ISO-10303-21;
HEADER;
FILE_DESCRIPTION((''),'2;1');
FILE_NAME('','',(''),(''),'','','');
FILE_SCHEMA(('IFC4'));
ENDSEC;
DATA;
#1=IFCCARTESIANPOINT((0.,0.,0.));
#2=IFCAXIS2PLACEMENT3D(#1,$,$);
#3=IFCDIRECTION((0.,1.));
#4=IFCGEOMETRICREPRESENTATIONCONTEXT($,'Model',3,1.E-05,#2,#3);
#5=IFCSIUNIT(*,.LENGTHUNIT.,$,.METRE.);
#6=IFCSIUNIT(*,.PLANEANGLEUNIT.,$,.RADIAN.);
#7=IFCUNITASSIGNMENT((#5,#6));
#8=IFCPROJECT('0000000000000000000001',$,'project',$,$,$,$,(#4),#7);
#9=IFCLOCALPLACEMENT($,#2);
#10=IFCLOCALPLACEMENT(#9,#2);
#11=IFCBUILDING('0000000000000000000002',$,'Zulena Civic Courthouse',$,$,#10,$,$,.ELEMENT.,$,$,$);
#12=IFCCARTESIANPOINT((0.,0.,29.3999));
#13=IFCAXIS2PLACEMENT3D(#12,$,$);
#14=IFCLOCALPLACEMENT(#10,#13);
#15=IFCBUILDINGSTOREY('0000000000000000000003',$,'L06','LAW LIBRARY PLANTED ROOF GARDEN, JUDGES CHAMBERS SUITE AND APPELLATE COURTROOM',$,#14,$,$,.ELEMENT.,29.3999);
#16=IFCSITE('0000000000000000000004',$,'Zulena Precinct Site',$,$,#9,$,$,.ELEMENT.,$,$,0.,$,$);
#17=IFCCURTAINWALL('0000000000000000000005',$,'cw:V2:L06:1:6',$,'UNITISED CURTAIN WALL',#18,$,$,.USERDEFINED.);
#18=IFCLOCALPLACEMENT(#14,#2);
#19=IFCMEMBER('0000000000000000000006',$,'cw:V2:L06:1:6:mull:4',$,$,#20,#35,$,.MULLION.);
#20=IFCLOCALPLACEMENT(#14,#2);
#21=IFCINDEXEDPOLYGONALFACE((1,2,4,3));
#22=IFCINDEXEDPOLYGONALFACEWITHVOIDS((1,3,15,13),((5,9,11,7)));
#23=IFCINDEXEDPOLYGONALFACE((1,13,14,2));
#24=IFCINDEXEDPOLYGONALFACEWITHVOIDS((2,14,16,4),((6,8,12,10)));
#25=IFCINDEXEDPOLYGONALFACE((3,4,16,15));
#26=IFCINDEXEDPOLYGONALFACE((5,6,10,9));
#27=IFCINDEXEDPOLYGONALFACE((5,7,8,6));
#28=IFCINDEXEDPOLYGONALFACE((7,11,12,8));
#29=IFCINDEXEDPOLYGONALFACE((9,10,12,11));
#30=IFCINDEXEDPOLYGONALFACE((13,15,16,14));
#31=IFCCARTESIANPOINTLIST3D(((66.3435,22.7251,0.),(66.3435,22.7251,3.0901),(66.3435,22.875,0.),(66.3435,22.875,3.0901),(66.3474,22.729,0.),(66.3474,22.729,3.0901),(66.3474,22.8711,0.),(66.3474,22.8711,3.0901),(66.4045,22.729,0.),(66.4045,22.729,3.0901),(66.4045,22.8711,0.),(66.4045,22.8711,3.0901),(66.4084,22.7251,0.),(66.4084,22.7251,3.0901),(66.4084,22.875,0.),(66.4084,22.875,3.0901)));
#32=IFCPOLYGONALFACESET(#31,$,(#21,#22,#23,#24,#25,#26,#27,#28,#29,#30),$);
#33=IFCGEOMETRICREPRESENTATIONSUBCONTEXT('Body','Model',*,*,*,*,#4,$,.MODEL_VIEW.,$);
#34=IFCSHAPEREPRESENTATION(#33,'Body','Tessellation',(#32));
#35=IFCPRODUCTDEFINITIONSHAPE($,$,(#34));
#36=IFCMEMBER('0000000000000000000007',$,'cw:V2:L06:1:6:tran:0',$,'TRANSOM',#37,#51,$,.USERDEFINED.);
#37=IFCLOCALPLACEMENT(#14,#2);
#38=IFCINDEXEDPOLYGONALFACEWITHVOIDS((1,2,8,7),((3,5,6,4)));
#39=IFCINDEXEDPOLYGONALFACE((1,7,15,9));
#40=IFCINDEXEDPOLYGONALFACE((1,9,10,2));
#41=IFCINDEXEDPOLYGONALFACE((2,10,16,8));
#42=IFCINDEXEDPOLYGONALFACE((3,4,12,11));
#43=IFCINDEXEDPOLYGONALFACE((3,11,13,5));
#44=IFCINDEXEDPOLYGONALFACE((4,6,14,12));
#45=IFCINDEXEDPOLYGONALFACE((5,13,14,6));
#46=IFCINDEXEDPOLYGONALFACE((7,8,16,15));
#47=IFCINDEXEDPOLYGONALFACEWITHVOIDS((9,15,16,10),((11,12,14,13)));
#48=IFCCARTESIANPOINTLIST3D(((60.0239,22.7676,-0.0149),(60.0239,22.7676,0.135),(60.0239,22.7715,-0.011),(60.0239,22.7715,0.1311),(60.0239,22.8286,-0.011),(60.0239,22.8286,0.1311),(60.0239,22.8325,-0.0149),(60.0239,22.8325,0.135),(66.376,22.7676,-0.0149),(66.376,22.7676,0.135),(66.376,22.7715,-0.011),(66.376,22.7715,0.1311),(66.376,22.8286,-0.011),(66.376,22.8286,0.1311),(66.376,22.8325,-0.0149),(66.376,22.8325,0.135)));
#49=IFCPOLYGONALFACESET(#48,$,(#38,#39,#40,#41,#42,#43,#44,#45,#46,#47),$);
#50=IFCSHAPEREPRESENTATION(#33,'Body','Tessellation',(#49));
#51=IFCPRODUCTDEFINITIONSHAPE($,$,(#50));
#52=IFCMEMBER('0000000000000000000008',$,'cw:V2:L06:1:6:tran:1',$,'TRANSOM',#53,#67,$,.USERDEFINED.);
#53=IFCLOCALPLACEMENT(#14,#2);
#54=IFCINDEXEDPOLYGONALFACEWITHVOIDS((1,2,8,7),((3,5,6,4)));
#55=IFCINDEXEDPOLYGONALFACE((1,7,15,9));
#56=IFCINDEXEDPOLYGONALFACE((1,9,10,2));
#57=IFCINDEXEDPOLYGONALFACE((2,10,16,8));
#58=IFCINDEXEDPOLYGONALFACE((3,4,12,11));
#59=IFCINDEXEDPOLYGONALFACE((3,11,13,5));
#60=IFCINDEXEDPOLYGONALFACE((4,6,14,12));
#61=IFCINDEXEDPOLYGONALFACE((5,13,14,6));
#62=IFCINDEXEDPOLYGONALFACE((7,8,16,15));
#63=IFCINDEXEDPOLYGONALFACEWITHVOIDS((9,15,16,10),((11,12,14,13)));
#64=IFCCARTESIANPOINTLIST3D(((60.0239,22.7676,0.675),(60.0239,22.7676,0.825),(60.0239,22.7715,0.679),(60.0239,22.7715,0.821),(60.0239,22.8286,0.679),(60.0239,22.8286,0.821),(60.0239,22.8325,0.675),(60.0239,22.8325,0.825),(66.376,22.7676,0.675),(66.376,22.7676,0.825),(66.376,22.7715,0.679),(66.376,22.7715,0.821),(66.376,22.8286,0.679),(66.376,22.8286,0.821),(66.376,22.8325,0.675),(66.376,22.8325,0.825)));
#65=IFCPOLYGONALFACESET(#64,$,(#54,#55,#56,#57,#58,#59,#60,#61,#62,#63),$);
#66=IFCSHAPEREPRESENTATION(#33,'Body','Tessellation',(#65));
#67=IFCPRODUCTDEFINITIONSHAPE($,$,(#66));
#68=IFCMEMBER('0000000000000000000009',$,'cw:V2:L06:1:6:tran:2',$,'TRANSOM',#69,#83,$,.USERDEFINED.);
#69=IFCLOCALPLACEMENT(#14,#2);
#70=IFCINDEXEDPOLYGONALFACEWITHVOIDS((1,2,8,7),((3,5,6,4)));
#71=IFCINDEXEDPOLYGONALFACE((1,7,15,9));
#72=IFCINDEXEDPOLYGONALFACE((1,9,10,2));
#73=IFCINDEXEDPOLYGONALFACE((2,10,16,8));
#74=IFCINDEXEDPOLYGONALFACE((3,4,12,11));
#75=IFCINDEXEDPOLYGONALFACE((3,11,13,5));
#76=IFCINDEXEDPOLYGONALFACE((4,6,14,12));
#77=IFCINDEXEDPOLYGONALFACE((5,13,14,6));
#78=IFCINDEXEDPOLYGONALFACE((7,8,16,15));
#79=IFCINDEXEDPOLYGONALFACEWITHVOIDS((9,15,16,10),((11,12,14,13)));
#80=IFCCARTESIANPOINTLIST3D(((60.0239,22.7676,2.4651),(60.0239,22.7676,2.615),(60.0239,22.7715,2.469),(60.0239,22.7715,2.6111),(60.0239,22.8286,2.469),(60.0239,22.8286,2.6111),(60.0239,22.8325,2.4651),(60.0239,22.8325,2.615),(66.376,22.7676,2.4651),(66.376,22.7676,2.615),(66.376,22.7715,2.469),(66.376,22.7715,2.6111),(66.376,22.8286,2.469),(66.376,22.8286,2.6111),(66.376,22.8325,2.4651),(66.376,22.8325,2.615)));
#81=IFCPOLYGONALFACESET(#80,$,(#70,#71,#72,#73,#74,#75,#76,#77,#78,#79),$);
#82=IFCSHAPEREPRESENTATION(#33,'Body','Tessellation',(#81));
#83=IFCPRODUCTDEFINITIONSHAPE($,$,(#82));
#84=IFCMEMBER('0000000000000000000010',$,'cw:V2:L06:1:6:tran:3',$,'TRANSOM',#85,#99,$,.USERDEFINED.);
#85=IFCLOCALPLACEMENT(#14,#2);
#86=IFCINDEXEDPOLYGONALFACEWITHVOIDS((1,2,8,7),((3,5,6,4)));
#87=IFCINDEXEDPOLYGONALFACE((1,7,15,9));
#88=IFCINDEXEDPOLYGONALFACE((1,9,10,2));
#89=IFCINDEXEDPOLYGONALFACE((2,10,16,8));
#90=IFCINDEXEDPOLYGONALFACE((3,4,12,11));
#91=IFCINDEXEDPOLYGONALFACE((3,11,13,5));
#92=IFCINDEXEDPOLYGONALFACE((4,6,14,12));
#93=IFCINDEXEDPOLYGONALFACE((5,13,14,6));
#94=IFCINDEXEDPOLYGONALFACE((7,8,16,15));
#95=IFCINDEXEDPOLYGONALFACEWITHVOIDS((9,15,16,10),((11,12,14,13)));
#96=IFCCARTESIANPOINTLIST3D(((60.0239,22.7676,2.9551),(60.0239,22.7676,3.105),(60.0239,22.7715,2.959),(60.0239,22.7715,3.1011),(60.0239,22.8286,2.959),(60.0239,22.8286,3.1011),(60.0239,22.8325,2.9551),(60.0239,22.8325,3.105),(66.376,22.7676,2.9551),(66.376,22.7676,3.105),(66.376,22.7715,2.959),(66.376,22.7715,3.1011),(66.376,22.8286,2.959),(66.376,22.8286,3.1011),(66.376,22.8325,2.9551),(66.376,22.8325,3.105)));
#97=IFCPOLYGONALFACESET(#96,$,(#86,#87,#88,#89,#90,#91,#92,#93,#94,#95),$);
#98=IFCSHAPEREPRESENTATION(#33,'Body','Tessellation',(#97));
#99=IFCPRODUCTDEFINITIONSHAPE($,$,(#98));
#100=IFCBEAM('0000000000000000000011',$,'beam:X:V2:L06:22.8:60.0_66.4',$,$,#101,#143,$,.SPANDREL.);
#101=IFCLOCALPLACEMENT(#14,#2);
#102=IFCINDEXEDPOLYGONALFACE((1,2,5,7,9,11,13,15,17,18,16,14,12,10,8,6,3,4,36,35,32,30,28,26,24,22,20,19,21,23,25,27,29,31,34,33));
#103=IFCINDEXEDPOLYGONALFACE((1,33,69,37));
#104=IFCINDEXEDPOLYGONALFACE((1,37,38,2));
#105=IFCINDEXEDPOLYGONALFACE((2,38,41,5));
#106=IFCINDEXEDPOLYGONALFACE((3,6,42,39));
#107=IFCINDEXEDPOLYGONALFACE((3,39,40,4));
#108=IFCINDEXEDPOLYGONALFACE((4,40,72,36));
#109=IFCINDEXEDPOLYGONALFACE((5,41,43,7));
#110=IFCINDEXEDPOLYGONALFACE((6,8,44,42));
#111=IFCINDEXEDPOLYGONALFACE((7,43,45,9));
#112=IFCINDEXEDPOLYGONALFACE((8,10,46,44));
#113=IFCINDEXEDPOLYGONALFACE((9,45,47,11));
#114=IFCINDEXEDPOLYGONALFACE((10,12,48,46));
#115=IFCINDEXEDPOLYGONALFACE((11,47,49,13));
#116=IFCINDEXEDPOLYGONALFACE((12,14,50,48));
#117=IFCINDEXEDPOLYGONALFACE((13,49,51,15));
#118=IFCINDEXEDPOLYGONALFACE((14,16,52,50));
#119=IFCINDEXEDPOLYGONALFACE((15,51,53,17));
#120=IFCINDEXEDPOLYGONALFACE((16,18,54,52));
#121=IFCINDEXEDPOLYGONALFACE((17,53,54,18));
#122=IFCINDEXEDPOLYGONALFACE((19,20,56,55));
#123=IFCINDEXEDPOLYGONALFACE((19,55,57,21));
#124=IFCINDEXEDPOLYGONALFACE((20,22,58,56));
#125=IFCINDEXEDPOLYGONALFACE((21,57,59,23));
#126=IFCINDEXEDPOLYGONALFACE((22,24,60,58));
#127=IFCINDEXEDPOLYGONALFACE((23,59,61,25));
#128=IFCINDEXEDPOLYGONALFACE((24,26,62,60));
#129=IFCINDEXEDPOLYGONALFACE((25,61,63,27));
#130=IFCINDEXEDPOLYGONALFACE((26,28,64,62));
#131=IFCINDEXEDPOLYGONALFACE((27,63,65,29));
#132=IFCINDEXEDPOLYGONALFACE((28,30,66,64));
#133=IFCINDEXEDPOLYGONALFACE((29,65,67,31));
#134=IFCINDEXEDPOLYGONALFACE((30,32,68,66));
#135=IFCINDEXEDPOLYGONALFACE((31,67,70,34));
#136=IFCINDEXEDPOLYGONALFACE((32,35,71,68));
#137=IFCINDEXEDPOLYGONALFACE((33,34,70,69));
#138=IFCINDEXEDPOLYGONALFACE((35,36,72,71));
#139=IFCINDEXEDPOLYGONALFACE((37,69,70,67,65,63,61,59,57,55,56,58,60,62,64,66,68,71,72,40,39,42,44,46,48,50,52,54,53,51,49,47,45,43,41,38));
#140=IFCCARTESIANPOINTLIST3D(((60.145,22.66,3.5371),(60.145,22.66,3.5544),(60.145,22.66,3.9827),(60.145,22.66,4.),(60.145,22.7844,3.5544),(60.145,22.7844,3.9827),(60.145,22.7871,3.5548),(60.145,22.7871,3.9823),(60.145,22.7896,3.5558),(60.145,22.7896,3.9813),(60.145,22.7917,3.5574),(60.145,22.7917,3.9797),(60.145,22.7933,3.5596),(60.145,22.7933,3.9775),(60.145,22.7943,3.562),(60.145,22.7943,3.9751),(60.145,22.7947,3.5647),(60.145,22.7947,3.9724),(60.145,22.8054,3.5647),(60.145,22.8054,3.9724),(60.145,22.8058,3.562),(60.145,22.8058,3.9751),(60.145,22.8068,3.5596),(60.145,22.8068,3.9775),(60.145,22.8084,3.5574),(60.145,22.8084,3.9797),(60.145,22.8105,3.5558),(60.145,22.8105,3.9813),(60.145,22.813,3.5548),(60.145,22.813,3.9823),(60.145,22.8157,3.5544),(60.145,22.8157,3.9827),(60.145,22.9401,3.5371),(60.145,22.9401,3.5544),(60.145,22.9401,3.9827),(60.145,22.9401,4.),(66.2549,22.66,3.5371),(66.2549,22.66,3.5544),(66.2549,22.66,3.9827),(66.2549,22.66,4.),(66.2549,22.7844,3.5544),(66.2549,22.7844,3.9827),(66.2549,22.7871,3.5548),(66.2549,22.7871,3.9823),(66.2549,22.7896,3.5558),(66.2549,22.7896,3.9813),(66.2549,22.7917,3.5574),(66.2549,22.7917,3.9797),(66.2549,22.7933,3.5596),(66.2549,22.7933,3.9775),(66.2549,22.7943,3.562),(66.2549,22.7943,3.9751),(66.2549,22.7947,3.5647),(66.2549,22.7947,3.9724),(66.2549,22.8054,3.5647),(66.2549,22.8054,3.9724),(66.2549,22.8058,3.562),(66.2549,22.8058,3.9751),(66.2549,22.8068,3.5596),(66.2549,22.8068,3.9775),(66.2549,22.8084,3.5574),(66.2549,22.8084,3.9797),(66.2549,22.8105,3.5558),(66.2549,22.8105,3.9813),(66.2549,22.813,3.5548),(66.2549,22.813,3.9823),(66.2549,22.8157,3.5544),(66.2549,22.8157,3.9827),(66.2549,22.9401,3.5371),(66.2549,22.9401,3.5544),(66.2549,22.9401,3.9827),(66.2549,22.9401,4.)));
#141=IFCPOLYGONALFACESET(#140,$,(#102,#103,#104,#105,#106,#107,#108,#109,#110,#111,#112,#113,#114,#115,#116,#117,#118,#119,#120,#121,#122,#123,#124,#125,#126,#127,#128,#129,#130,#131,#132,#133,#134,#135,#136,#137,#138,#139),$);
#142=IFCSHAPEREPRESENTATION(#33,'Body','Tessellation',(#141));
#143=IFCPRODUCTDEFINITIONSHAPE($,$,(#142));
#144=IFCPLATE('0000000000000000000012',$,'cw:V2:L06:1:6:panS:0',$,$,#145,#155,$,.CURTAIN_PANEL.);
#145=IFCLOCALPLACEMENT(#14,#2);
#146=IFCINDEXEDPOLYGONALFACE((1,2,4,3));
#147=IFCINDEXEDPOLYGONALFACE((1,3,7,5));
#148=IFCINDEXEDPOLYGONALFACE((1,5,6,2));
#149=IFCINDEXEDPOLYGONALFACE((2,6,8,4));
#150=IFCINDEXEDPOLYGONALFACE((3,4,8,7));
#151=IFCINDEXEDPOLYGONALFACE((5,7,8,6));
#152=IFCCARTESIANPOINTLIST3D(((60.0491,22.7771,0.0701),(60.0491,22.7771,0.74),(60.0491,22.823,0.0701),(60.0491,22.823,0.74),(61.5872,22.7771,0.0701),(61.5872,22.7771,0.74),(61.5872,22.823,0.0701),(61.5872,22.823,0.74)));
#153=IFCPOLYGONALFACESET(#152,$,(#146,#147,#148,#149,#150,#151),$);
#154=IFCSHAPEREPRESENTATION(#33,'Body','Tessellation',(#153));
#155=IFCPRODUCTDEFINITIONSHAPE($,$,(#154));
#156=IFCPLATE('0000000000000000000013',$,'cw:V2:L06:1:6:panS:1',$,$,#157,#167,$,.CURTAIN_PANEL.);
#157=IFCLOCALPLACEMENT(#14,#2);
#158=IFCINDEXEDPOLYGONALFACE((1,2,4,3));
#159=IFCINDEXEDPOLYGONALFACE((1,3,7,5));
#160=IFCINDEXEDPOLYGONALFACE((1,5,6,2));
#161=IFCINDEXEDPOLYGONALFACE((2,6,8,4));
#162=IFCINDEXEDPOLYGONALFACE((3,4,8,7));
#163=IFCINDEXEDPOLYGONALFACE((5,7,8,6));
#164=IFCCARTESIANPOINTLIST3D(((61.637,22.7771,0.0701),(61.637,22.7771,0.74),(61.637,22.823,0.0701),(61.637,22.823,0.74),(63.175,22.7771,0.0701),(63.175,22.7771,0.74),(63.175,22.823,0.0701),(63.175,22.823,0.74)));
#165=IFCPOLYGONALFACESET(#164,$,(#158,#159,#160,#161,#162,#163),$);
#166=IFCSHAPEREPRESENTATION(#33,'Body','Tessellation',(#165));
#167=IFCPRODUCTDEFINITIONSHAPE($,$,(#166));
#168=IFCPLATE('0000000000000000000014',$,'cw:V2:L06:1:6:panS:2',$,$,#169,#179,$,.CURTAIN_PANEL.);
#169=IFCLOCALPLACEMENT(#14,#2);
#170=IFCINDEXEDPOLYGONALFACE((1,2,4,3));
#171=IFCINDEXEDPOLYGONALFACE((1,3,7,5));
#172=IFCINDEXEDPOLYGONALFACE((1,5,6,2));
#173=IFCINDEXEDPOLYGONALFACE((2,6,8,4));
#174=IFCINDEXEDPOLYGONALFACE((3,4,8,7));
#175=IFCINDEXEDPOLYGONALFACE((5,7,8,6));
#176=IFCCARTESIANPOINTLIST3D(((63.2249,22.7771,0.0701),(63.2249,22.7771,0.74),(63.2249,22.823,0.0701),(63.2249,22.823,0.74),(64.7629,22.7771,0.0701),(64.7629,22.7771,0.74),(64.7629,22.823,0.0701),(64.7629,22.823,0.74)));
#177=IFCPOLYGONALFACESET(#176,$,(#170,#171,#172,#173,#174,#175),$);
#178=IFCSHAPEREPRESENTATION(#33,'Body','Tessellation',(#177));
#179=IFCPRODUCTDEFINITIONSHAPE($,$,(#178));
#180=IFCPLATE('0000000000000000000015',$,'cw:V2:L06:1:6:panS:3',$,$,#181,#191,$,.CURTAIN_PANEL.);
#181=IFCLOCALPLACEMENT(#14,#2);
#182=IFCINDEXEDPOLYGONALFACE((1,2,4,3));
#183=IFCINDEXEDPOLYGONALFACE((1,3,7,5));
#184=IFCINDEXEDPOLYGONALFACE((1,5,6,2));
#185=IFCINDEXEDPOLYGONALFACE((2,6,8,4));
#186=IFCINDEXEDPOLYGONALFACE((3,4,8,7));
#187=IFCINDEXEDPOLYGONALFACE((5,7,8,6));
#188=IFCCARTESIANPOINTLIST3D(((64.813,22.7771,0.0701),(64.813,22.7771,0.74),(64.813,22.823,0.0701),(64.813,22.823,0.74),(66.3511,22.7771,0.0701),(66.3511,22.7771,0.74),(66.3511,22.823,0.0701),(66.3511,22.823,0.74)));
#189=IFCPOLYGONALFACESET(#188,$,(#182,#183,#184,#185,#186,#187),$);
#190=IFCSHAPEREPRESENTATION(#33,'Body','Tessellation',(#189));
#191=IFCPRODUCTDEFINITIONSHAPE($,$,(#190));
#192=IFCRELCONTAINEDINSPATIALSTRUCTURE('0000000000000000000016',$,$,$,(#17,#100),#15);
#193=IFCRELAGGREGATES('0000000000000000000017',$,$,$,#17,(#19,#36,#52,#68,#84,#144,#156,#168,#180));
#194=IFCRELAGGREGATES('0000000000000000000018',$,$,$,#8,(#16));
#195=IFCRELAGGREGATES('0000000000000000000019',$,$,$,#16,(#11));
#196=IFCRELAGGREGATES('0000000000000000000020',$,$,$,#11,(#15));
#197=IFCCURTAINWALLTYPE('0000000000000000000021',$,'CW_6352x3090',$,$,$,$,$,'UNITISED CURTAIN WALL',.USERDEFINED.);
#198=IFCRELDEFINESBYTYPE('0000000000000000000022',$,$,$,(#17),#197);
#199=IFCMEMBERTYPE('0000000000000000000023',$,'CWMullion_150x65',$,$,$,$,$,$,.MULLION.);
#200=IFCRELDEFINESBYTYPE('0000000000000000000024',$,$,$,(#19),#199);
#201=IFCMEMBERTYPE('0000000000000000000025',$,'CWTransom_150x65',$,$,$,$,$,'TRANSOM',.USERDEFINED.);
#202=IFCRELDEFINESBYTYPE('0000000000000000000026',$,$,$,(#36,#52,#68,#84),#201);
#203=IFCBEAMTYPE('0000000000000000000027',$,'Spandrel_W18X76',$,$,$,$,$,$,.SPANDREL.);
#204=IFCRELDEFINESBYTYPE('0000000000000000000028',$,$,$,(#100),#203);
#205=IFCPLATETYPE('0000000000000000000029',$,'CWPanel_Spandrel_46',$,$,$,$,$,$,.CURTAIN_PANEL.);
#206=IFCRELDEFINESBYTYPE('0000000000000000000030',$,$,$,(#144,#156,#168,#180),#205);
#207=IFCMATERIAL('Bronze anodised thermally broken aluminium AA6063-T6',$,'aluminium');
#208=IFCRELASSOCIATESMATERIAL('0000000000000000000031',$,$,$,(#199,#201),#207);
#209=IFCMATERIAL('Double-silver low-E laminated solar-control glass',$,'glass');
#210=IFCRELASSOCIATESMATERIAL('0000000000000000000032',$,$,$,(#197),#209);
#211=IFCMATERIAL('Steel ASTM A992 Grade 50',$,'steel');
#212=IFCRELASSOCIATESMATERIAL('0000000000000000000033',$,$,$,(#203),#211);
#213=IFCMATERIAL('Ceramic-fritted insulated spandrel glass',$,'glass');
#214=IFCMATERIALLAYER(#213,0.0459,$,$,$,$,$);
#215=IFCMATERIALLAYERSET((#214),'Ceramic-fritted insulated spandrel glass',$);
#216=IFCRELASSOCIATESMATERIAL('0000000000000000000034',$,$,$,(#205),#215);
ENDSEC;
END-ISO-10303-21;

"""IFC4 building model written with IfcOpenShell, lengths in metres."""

from ifc_helpers import new_model, si_unit, direction, frame, origin, origin_2d, place, context, subcontext, project, spatial, rectangle, hollow_rectangle, i_section, extrude, material, layer, layer_set, material_profile, profile_set, type_object, element, aggregate, save


model = new_model("IFC4")

# Units and contexts
model_context = context("Model", 3, precision=1e-05, world=origin(), true_north=direction((0.0, 1.0)))
body_context = subcontext(model_context, "Body", "Model", "MODEL_VIEW")
ifc_project = project(units=[si_unit("LENGTHUNIT", "METRE"), si_unit("PLANEANGLEUNIT", "RADIAN")], contexts=[model_context])

# Site, building, storey
site_placement = place(None, origin())
site = spatial("IfcSite", under=ifc_project, at=site_placement, Name="Zulena Precinct Site", CompositionType="ELEMENT", RefElevation=0.0)
building_placement = place(site_placement, origin())
building = spatial("IfcBuilding", under=site, at=building_placement, Name="Zulena Civic Courthouse", CompositionType="ELEMENT")
storey_placement = place(building_placement, frame((0.0, 0.0, 29.3999)))
storey = spatial("IfcBuildingStorey", under=building, at=storey_placement, Name="L06", Description="LAW LIBRARY PLANTED ROOF GARDEN, JUDGES CHAMBERS SUITE AND APPELLATE COURTROOM", CompositionType="ELEMENT", Elevation=29.3999)

# Shared definitions
ifc_material_1 = material(Name="Steel ASTM A992 Grade 50", Category="steel")

# Shared definitions
ifc_material_2 = material(Name="Double-silver low-E laminated solar-control glass", Category="glass")
ifc_material_3 = material(Name="Bronze anodised thermally broken aluminium AA6063-T6", Category="aluminium")
ifc_material_profile_1 = material_profile(ifc_material_3, hollow_rectangle(XDim=0.0649, YDim=0.1499, WallThickness=0.0039, at=origin_2d()), Name="CWM150X65X4")
ifc_profile_set_1 = profile_set([ifc_material_profile_1], Name="Bronze anodised thermally broken aluminium AA6063-T6")
member_type_1 = type_object("IfcMemberType", Name="CWMullion_150x65", PredefinedType="MULLION", material=ifc_profile_set_1)

# Curtain wall, members
curtain_wall_type_1 = type_object("IfcCurtainWallType", Name="CW_6352x3090", ElementType="UNITISED CURTAIN WALL", PredefinedType="USERDEFINED", material=ifc_material_2)
curtain_wall_1_placement = place(storey_placement, origin())
curtain_wall_1 = element("IfcCurtainWall", 1, at=curtain_wall_1_placement, inside=storey, type_object=curtain_wall_type_1, Name="cw:V2:L06:1:6", ObjectType="UNITISED CURTAIN WALL", PredefinedType="USERDEFINED")
member_1_placement = place(storey_placement, frame((66.376, 22.8, 0.0), z_axis=(0.0, 0.0, 1.0), x_axis=(1.0, 0.0, 0.0)))
member_1 = element("IfcMember", 2, at=member_1_placement, type_object=member_type_1, Name="cw:V2:L06:1:6:mull:4", PredefinedType="MULLION", context=body_context, shape_type="SweptSolid", body=[
    extrude(hollow_rectangle(XDim=0.0649, YDim=0.1499, WallThickness=0.0039, at=origin_2d()), origin(), (0.0, 0.0, 1.0), 3.0901),
])
ifc_material_profile_2 = material_profile(ifc_material_3, hollow_rectangle(XDim=0.0649, YDim=0.1499, WallThickness=0.0039, at=origin_2d()), Name="CWT150X65X4")
ifc_profile_set_2 = profile_set([ifc_material_profile_2], Name="Bronze anodised thermally broken aluminium AA6063-T6")
member_type_2 = type_object("IfcMemberType", Name="CWTransom_150x65", ElementType="TRANSOM", PredefinedType="USERDEFINED", material=ifc_profile_set_2)
member_2_placement = place(storey_placement, frame((60.0239, 22.8, 0.0601), z_axis=(1.0, 0.0, 0.0), x_axis=(0.0, 1.0, 0.0)))
member_2 = element("IfcMember", 3, at=member_2_placement, type_object=member_type_2, Name="cw:V2:L06:1:6:tran:0", ObjectType="TRANSOM", PredefinedType="USERDEFINED", context=body_context, shape_type="SweptSolid", body=[
    extrude(hollow_rectangle(XDim=0.0649, YDim=0.1499, WallThickness=0.0039, at=origin_2d()), origin(), (0.0, 0.0, 1.0), 6.3521),
])
member_3_placement = place(storey_placement, frame((60.0239, 22.8, 0.75), z_axis=(1.0, 0.0, 0.0), x_axis=(0.0, 1.0, 0.0)))
member_3 = element("IfcMember", 4, at=member_3_placement, type_object=member_type_2, Name="cw:V2:L06:1:6:tran:1", ObjectType="TRANSOM", PredefinedType="USERDEFINED", context=body_context, shape_type="SweptSolid", body=[
    extrude(hollow_rectangle(XDim=0.0649, YDim=0.1499, WallThickness=0.0039, at=origin_2d()), origin(), (0.0, 0.0, 1.0), 6.3521),
])
member_4_placement = place(storey_placement, frame((60.0239, 22.8, 2.54), z_axis=(1.0, 0.0, 0.0), x_axis=(0.0, 1.0, 0.0)))
member_4 = element("IfcMember", 5, at=member_4_placement, type_object=member_type_2, Name="cw:V2:L06:1:6:tran:2", ObjectType="TRANSOM", PredefinedType="USERDEFINED", context=body_context, shape_type="SweptSolid", body=[
    extrude(hollow_rectangle(XDim=0.0649, YDim=0.1499, WallThickness=0.0039, at=origin_2d()), origin(), (0.0, 0.0, 1.0), 6.3521),
])
member_5_placement = place(storey_placement, frame((60.0239, 22.8, 3.03), z_axis=(1.0, 0.0, 0.0), x_axis=(0.0, 1.0, 0.0)))
member_5 = element("IfcMember", 6, at=member_5_placement, type_object=member_type_2, Name="cw:V2:L06:1:6:tran:3", ObjectType="TRANSOM", PredefinedType="USERDEFINED", context=body_context, shape_type="SweptSolid", body=[
    extrude(hollow_rectangle(XDim=0.0649, YDim=0.1499, WallThickness=0.0039, at=origin_2d()), origin(), (0.0, 0.0, 1.0), 6.3521),
])

# Beam
ifc_material_profile_3 = material_profile(ifc_material_1, i_section(OverallWidth=0.28, OverallDepth=0.4629, WebThickness=0.0107, FlangeThickness=0.0173, FilletRadius=0.0103, at=origin_2d()), Name="W18X76")
ifc_profile_set_3 = profile_set([ifc_material_profile_3], Name="Steel ASTM A992 Grade 50")
beam_type = type_object("IfcBeamType", Name="Spandrel_W18X76", PredefinedType="SPANDREL", material=ifc_profile_set_3)
beam_placement = place(storey_placement, frame((60.145, 22.8, 3.7686), z_axis=(1.0, 0.0, 0.0), x_axis=(0.0, 1.0, 0.0)))
element("IfcBeam", 7, at=beam_placement, inside=storey, type_object=beam_type, Name="beam:X:V2:L06:22.8:60.0_66.4", PredefinedType="SPANDREL", context=body_context, shape_type="SweptSolid", body=[
    extrude(i_section(OverallWidth=0.28, OverallDepth=0.4629, WebThickness=0.0107, FlangeThickness=0.0173, FilletRadius=0.0103, at=origin_2d()), origin(), (0.0, 0.0, 1.0), 6.1099),
])

# Plates
ifc_material_4 = material(Name="Ceramic-fritted insulated spandrel glass", Category="glass")
ifc_layer_1 = layer(ifc_material_4, 0.0459)
ifc_layer_set_1 = layer_set([ifc_layer_1], Name="Ceramic-fritted insulated spandrel glass")
plate_type_1 = type_object("IfcPlateType", Name="CWPanel_Spandrel_46", PredefinedType="CURTAIN_PANEL", material=ifc_layer_set_1)
plate_1_placement = place(storey_placement, frame((60.8181, 22.8, 0.0701), z_axis=(0.0, 0.0, 1.0), x_axis=(1.0, 0.0, 0.0)))
plate_1 = element("IfcPlate", 8, at=plate_1_placement, type_object=plate_type_1, Name="cw:V2:L06:1:6:panS:0", PredefinedType="CURTAIN_PANEL", context=body_context, shape_type="SweptSolid", body=[
    extrude(rectangle(XDim=1.5381, YDim=0.0459, at=origin_2d()), origin(), (0.0, 0.0, 1.0), 0.6699),
])
plate_2_placement = place(storey_placement, frame((62.406, 22.8, 0.0701), z_axis=(0.0, 0.0, 1.0), x_axis=(1.0, 0.0, 0.0)))
plate_2 = element("IfcPlate", 9, at=plate_2_placement, type_object=plate_type_1, Name="cw:V2:L06:1:6:panS:1", PredefinedType="CURTAIN_PANEL", context=body_context, shape_type="SweptSolid", body=[
    extrude(rectangle(XDim=1.5381, YDim=0.0459, at=origin_2d()), origin(), (0.0, 0.0, 1.0), 0.6699),
])
plate_3_placement = place(storey_placement, frame((63.9939, 22.8, 0.0701), z_axis=(0.0, 0.0, 1.0), x_axis=(1.0, 0.0, 0.0)))
plate_3 = element("IfcPlate", 10, at=plate_3_placement, type_object=plate_type_1, Name="cw:V2:L06:1:6:panS:2", PredefinedType="CURTAIN_PANEL", context=body_context, shape_type="SweptSolid", body=[
    extrude(rectangle(XDim=1.5381, YDim=0.0459, at=origin_2d()), origin(), (0.0, 0.0, 1.0), 0.6699),
])
plate_4_placement = place(storey_placement, frame((65.582, 22.8, 0.0701), z_axis=(0.0, 0.0, 1.0), x_axis=(1.0, 0.0, 0.0)))
plate_4 = element("IfcPlate", 11, at=plate_4_placement, type_object=plate_type_1, Name="cw:V2:L06:1:6:panS:3", PredefinedType="CURTAIN_PANEL", context=body_context, shape_type="SweptSolid", body=[
    extrude(rectangle(XDim=1.5381, YDim=0.0459, at=origin_2d()), origin(), (0.0, 0.0, 1.0), 0.6699),
])
aggregate(curtain_wall_1, [member_1, member_2, member_3, member_4, member_5, plate_1, plate_2, plate_3, plate_4])

save(model, "model.ifc")
